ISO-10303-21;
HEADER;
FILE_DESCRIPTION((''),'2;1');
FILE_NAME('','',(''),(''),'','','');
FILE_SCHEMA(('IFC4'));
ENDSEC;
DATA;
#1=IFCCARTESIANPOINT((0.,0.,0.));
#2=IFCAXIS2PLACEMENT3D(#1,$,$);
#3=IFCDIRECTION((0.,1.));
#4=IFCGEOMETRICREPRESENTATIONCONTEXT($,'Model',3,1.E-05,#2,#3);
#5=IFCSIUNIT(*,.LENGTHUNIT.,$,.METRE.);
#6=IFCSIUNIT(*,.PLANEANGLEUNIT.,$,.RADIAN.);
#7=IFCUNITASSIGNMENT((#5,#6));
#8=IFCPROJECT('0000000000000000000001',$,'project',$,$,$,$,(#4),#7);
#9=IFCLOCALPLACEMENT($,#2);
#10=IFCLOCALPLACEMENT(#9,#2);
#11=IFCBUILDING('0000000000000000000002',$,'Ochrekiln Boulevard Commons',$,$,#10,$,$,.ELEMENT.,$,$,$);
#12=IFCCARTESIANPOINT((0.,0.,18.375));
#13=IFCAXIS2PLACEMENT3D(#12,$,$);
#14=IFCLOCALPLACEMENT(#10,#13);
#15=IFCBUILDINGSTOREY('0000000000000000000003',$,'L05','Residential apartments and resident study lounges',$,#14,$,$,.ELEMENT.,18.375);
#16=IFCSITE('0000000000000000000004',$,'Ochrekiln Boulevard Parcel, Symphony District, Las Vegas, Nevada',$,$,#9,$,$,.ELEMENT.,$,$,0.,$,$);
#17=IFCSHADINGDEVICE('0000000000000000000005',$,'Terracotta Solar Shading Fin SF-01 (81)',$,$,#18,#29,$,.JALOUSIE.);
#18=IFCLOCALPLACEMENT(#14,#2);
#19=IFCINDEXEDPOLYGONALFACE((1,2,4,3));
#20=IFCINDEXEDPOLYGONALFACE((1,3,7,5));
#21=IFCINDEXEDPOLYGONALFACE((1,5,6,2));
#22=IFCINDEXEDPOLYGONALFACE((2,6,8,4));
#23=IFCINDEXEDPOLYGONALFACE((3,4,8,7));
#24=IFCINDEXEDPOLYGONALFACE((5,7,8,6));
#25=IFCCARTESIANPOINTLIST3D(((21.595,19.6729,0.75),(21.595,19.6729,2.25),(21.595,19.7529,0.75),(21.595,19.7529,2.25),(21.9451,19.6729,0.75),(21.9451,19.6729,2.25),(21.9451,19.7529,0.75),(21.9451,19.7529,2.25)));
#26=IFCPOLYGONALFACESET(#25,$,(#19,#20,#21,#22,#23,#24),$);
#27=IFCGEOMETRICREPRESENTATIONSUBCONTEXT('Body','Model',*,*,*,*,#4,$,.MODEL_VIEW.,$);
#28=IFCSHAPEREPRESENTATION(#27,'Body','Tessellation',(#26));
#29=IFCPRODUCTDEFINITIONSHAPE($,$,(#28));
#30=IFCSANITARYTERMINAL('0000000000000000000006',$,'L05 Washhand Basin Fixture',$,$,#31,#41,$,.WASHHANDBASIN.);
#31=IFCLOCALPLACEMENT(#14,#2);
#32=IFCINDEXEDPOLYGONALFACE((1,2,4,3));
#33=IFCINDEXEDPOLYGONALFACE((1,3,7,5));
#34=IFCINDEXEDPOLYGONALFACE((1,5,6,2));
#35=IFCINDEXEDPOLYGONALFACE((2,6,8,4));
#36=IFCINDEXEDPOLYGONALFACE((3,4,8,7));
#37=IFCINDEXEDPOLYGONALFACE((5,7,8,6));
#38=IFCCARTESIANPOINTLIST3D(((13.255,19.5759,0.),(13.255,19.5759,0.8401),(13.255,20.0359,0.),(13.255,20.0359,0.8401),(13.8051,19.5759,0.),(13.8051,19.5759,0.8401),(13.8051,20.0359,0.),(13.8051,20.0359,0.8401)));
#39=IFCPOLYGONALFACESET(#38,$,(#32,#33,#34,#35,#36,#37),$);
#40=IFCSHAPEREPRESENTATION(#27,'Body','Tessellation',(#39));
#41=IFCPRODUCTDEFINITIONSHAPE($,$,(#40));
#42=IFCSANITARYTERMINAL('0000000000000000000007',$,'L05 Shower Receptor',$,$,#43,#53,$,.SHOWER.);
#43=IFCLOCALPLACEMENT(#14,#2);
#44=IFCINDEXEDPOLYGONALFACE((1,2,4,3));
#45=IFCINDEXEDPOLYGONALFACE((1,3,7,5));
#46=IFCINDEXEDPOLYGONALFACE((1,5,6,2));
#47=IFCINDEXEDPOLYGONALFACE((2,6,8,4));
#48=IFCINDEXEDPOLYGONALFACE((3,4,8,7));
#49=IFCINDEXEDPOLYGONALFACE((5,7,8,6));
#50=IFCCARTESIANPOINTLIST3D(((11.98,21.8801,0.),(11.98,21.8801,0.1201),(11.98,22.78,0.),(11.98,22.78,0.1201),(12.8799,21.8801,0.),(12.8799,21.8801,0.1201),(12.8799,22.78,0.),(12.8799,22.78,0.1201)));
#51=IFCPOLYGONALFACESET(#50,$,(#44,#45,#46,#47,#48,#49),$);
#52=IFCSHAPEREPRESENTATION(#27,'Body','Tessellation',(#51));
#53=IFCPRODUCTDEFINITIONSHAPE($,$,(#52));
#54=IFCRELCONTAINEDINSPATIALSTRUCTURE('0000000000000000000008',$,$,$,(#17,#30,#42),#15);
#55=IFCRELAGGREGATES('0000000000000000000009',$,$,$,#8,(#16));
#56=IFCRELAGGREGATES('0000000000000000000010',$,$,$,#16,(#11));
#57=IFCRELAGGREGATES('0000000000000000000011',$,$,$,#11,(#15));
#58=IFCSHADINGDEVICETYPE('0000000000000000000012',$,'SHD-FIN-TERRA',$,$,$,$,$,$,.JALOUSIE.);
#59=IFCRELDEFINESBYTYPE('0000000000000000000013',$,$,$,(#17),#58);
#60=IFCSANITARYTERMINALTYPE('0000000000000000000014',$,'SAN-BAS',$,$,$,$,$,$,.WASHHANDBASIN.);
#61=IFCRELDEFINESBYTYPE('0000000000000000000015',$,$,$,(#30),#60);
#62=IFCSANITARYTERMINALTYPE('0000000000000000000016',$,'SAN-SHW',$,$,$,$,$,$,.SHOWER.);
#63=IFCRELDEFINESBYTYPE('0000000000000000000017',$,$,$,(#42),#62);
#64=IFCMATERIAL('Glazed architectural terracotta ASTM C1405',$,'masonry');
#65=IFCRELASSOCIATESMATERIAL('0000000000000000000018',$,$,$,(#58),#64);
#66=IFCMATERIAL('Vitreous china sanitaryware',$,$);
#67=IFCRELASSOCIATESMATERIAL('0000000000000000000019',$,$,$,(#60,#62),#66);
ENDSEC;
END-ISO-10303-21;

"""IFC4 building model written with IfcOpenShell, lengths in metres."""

from ifc_helpers import new_model, si_unit, direction, frame, origin, origin_2d, place, context, subcontext, project, spatial, rectangle, extrude, material, type_object, element, save


model = new_model("IFC4")

# Units and contexts
model_context = context("Model", 3, precision=1e-05, world=origin(), true_north=direction((0.0, 1.0)))
body_context = subcontext(model_context, "Body", "Model", "MODEL_VIEW")
ifc_project = project(units=[si_unit("LENGTHUNIT", "METRE"), si_unit("PLANEANGLEUNIT", "RADIAN")], contexts=[model_context])

# Site, building, storey
site_placement = place(None, origin())
site = spatial("IfcSite", under=ifc_project, at=site_placement, Name="Ochrekiln Boulevard Parcel, Symphony District, Las Vegas, Nevada", CompositionType="ELEMENT", RefElevation=0.0)
building_placement = place(site_placement, origin())
building = spatial("IfcBuilding", under=site, at=building_placement, Name="Ochrekiln Boulevard Commons", CompositionType="ELEMENT")
storey_placement = place(building_placement, frame((0.0, 0.0, 18.375)))
storey = spatial("IfcBuildingStorey", under=building, at=storey_placement, Name="L05", Description="Residential apartments and resident study lounges", CompositionType="ELEMENT", Elevation=18.375)

# Shared definitions
ifc_material_1 = material(Name="Glazed architectural terracotta ASTM C1405", Category="masonry")

# Shading device
shading_device_type = type_object("IfcShadingDeviceType", Name="SHD-FIN-TERRA", PredefinedType="JALOUSIE", material=ifc_material_1)
shading_device_placement = place(storey_placement, frame((21.77, 19.7129, 0.75), z_axis=(0.0, 0.0, 1.0), x_axis=(1.0, 0.0, 0.0)))
element("IfcShadingDevice", 1, at=shading_device_placement, inside=storey, type_object=shading_device_type, Name="Terracotta Solar Shading Fin SF-01 (81)", PredefinedType="JALOUSIE", context=body_context, shape_type="SweptSolid", body=[
    extrude(rectangle(XDim=0.3501, YDim=0.0801, at=origin_2d()), origin(), (0.0, 0.0, 1.0), 1.5),
])

# Sanitary terminals
ifc_material_2 = material(Name="Vitreous china sanitaryware")
sanitary_terminal_type_1 = type_object("IfcSanitaryTerminalType", Name="SAN-BAS", PredefinedType="WASHHANDBASIN", material=ifc_material_2)
sanitary_terminal_1_placement = place(storey_placement, frame((13.53, 19.8059, 0.0), z_axis=(0.0, 0.0, 1.0), x_axis=(1.0, 0.0, 0.0)))
element("IfcSanitaryTerminal", 2, at=sanitary_terminal_1_placement, inside=storey, type_object=sanitary_terminal_type_1, Name="L05 Washhand Basin Fixture", PredefinedType="WASHHANDBASIN", context=body_context, shape_type="SweptSolid", body=[
    extrude(rectangle(XDim=0.55, YDim=0.46, at=origin_2d()), origin(), (0.0, 0.0, 1.0), 0.8401),
])
sanitary_terminal_type_2 = type_object("IfcSanitaryTerminalType", Name="SAN-SHW", PredefinedType="SHOWER", material=ifc_material_2)
sanitary_terminal_2_placement = place(storey_placement, frame((12.4299, 22.3301, 0.0), z_axis=(0.0, 0.0, 1.0), x_axis=(1.0, 0.0, 0.0)))
element("IfcSanitaryTerminal", 3, at=sanitary_terminal_2_placement, inside=storey, type_object=sanitary_terminal_type_2, Name="L05 Shower Receptor", PredefinedType="SHOWER", context=body_context, shape_type="SweptSolid", body=[
    extrude(rectangle(XDim=0.8999, YDim=0.8999, at=origin_2d()), origin(), (0.0, 0.0, 1.0), 0.1201),
])

save(model, "model.ifc")
